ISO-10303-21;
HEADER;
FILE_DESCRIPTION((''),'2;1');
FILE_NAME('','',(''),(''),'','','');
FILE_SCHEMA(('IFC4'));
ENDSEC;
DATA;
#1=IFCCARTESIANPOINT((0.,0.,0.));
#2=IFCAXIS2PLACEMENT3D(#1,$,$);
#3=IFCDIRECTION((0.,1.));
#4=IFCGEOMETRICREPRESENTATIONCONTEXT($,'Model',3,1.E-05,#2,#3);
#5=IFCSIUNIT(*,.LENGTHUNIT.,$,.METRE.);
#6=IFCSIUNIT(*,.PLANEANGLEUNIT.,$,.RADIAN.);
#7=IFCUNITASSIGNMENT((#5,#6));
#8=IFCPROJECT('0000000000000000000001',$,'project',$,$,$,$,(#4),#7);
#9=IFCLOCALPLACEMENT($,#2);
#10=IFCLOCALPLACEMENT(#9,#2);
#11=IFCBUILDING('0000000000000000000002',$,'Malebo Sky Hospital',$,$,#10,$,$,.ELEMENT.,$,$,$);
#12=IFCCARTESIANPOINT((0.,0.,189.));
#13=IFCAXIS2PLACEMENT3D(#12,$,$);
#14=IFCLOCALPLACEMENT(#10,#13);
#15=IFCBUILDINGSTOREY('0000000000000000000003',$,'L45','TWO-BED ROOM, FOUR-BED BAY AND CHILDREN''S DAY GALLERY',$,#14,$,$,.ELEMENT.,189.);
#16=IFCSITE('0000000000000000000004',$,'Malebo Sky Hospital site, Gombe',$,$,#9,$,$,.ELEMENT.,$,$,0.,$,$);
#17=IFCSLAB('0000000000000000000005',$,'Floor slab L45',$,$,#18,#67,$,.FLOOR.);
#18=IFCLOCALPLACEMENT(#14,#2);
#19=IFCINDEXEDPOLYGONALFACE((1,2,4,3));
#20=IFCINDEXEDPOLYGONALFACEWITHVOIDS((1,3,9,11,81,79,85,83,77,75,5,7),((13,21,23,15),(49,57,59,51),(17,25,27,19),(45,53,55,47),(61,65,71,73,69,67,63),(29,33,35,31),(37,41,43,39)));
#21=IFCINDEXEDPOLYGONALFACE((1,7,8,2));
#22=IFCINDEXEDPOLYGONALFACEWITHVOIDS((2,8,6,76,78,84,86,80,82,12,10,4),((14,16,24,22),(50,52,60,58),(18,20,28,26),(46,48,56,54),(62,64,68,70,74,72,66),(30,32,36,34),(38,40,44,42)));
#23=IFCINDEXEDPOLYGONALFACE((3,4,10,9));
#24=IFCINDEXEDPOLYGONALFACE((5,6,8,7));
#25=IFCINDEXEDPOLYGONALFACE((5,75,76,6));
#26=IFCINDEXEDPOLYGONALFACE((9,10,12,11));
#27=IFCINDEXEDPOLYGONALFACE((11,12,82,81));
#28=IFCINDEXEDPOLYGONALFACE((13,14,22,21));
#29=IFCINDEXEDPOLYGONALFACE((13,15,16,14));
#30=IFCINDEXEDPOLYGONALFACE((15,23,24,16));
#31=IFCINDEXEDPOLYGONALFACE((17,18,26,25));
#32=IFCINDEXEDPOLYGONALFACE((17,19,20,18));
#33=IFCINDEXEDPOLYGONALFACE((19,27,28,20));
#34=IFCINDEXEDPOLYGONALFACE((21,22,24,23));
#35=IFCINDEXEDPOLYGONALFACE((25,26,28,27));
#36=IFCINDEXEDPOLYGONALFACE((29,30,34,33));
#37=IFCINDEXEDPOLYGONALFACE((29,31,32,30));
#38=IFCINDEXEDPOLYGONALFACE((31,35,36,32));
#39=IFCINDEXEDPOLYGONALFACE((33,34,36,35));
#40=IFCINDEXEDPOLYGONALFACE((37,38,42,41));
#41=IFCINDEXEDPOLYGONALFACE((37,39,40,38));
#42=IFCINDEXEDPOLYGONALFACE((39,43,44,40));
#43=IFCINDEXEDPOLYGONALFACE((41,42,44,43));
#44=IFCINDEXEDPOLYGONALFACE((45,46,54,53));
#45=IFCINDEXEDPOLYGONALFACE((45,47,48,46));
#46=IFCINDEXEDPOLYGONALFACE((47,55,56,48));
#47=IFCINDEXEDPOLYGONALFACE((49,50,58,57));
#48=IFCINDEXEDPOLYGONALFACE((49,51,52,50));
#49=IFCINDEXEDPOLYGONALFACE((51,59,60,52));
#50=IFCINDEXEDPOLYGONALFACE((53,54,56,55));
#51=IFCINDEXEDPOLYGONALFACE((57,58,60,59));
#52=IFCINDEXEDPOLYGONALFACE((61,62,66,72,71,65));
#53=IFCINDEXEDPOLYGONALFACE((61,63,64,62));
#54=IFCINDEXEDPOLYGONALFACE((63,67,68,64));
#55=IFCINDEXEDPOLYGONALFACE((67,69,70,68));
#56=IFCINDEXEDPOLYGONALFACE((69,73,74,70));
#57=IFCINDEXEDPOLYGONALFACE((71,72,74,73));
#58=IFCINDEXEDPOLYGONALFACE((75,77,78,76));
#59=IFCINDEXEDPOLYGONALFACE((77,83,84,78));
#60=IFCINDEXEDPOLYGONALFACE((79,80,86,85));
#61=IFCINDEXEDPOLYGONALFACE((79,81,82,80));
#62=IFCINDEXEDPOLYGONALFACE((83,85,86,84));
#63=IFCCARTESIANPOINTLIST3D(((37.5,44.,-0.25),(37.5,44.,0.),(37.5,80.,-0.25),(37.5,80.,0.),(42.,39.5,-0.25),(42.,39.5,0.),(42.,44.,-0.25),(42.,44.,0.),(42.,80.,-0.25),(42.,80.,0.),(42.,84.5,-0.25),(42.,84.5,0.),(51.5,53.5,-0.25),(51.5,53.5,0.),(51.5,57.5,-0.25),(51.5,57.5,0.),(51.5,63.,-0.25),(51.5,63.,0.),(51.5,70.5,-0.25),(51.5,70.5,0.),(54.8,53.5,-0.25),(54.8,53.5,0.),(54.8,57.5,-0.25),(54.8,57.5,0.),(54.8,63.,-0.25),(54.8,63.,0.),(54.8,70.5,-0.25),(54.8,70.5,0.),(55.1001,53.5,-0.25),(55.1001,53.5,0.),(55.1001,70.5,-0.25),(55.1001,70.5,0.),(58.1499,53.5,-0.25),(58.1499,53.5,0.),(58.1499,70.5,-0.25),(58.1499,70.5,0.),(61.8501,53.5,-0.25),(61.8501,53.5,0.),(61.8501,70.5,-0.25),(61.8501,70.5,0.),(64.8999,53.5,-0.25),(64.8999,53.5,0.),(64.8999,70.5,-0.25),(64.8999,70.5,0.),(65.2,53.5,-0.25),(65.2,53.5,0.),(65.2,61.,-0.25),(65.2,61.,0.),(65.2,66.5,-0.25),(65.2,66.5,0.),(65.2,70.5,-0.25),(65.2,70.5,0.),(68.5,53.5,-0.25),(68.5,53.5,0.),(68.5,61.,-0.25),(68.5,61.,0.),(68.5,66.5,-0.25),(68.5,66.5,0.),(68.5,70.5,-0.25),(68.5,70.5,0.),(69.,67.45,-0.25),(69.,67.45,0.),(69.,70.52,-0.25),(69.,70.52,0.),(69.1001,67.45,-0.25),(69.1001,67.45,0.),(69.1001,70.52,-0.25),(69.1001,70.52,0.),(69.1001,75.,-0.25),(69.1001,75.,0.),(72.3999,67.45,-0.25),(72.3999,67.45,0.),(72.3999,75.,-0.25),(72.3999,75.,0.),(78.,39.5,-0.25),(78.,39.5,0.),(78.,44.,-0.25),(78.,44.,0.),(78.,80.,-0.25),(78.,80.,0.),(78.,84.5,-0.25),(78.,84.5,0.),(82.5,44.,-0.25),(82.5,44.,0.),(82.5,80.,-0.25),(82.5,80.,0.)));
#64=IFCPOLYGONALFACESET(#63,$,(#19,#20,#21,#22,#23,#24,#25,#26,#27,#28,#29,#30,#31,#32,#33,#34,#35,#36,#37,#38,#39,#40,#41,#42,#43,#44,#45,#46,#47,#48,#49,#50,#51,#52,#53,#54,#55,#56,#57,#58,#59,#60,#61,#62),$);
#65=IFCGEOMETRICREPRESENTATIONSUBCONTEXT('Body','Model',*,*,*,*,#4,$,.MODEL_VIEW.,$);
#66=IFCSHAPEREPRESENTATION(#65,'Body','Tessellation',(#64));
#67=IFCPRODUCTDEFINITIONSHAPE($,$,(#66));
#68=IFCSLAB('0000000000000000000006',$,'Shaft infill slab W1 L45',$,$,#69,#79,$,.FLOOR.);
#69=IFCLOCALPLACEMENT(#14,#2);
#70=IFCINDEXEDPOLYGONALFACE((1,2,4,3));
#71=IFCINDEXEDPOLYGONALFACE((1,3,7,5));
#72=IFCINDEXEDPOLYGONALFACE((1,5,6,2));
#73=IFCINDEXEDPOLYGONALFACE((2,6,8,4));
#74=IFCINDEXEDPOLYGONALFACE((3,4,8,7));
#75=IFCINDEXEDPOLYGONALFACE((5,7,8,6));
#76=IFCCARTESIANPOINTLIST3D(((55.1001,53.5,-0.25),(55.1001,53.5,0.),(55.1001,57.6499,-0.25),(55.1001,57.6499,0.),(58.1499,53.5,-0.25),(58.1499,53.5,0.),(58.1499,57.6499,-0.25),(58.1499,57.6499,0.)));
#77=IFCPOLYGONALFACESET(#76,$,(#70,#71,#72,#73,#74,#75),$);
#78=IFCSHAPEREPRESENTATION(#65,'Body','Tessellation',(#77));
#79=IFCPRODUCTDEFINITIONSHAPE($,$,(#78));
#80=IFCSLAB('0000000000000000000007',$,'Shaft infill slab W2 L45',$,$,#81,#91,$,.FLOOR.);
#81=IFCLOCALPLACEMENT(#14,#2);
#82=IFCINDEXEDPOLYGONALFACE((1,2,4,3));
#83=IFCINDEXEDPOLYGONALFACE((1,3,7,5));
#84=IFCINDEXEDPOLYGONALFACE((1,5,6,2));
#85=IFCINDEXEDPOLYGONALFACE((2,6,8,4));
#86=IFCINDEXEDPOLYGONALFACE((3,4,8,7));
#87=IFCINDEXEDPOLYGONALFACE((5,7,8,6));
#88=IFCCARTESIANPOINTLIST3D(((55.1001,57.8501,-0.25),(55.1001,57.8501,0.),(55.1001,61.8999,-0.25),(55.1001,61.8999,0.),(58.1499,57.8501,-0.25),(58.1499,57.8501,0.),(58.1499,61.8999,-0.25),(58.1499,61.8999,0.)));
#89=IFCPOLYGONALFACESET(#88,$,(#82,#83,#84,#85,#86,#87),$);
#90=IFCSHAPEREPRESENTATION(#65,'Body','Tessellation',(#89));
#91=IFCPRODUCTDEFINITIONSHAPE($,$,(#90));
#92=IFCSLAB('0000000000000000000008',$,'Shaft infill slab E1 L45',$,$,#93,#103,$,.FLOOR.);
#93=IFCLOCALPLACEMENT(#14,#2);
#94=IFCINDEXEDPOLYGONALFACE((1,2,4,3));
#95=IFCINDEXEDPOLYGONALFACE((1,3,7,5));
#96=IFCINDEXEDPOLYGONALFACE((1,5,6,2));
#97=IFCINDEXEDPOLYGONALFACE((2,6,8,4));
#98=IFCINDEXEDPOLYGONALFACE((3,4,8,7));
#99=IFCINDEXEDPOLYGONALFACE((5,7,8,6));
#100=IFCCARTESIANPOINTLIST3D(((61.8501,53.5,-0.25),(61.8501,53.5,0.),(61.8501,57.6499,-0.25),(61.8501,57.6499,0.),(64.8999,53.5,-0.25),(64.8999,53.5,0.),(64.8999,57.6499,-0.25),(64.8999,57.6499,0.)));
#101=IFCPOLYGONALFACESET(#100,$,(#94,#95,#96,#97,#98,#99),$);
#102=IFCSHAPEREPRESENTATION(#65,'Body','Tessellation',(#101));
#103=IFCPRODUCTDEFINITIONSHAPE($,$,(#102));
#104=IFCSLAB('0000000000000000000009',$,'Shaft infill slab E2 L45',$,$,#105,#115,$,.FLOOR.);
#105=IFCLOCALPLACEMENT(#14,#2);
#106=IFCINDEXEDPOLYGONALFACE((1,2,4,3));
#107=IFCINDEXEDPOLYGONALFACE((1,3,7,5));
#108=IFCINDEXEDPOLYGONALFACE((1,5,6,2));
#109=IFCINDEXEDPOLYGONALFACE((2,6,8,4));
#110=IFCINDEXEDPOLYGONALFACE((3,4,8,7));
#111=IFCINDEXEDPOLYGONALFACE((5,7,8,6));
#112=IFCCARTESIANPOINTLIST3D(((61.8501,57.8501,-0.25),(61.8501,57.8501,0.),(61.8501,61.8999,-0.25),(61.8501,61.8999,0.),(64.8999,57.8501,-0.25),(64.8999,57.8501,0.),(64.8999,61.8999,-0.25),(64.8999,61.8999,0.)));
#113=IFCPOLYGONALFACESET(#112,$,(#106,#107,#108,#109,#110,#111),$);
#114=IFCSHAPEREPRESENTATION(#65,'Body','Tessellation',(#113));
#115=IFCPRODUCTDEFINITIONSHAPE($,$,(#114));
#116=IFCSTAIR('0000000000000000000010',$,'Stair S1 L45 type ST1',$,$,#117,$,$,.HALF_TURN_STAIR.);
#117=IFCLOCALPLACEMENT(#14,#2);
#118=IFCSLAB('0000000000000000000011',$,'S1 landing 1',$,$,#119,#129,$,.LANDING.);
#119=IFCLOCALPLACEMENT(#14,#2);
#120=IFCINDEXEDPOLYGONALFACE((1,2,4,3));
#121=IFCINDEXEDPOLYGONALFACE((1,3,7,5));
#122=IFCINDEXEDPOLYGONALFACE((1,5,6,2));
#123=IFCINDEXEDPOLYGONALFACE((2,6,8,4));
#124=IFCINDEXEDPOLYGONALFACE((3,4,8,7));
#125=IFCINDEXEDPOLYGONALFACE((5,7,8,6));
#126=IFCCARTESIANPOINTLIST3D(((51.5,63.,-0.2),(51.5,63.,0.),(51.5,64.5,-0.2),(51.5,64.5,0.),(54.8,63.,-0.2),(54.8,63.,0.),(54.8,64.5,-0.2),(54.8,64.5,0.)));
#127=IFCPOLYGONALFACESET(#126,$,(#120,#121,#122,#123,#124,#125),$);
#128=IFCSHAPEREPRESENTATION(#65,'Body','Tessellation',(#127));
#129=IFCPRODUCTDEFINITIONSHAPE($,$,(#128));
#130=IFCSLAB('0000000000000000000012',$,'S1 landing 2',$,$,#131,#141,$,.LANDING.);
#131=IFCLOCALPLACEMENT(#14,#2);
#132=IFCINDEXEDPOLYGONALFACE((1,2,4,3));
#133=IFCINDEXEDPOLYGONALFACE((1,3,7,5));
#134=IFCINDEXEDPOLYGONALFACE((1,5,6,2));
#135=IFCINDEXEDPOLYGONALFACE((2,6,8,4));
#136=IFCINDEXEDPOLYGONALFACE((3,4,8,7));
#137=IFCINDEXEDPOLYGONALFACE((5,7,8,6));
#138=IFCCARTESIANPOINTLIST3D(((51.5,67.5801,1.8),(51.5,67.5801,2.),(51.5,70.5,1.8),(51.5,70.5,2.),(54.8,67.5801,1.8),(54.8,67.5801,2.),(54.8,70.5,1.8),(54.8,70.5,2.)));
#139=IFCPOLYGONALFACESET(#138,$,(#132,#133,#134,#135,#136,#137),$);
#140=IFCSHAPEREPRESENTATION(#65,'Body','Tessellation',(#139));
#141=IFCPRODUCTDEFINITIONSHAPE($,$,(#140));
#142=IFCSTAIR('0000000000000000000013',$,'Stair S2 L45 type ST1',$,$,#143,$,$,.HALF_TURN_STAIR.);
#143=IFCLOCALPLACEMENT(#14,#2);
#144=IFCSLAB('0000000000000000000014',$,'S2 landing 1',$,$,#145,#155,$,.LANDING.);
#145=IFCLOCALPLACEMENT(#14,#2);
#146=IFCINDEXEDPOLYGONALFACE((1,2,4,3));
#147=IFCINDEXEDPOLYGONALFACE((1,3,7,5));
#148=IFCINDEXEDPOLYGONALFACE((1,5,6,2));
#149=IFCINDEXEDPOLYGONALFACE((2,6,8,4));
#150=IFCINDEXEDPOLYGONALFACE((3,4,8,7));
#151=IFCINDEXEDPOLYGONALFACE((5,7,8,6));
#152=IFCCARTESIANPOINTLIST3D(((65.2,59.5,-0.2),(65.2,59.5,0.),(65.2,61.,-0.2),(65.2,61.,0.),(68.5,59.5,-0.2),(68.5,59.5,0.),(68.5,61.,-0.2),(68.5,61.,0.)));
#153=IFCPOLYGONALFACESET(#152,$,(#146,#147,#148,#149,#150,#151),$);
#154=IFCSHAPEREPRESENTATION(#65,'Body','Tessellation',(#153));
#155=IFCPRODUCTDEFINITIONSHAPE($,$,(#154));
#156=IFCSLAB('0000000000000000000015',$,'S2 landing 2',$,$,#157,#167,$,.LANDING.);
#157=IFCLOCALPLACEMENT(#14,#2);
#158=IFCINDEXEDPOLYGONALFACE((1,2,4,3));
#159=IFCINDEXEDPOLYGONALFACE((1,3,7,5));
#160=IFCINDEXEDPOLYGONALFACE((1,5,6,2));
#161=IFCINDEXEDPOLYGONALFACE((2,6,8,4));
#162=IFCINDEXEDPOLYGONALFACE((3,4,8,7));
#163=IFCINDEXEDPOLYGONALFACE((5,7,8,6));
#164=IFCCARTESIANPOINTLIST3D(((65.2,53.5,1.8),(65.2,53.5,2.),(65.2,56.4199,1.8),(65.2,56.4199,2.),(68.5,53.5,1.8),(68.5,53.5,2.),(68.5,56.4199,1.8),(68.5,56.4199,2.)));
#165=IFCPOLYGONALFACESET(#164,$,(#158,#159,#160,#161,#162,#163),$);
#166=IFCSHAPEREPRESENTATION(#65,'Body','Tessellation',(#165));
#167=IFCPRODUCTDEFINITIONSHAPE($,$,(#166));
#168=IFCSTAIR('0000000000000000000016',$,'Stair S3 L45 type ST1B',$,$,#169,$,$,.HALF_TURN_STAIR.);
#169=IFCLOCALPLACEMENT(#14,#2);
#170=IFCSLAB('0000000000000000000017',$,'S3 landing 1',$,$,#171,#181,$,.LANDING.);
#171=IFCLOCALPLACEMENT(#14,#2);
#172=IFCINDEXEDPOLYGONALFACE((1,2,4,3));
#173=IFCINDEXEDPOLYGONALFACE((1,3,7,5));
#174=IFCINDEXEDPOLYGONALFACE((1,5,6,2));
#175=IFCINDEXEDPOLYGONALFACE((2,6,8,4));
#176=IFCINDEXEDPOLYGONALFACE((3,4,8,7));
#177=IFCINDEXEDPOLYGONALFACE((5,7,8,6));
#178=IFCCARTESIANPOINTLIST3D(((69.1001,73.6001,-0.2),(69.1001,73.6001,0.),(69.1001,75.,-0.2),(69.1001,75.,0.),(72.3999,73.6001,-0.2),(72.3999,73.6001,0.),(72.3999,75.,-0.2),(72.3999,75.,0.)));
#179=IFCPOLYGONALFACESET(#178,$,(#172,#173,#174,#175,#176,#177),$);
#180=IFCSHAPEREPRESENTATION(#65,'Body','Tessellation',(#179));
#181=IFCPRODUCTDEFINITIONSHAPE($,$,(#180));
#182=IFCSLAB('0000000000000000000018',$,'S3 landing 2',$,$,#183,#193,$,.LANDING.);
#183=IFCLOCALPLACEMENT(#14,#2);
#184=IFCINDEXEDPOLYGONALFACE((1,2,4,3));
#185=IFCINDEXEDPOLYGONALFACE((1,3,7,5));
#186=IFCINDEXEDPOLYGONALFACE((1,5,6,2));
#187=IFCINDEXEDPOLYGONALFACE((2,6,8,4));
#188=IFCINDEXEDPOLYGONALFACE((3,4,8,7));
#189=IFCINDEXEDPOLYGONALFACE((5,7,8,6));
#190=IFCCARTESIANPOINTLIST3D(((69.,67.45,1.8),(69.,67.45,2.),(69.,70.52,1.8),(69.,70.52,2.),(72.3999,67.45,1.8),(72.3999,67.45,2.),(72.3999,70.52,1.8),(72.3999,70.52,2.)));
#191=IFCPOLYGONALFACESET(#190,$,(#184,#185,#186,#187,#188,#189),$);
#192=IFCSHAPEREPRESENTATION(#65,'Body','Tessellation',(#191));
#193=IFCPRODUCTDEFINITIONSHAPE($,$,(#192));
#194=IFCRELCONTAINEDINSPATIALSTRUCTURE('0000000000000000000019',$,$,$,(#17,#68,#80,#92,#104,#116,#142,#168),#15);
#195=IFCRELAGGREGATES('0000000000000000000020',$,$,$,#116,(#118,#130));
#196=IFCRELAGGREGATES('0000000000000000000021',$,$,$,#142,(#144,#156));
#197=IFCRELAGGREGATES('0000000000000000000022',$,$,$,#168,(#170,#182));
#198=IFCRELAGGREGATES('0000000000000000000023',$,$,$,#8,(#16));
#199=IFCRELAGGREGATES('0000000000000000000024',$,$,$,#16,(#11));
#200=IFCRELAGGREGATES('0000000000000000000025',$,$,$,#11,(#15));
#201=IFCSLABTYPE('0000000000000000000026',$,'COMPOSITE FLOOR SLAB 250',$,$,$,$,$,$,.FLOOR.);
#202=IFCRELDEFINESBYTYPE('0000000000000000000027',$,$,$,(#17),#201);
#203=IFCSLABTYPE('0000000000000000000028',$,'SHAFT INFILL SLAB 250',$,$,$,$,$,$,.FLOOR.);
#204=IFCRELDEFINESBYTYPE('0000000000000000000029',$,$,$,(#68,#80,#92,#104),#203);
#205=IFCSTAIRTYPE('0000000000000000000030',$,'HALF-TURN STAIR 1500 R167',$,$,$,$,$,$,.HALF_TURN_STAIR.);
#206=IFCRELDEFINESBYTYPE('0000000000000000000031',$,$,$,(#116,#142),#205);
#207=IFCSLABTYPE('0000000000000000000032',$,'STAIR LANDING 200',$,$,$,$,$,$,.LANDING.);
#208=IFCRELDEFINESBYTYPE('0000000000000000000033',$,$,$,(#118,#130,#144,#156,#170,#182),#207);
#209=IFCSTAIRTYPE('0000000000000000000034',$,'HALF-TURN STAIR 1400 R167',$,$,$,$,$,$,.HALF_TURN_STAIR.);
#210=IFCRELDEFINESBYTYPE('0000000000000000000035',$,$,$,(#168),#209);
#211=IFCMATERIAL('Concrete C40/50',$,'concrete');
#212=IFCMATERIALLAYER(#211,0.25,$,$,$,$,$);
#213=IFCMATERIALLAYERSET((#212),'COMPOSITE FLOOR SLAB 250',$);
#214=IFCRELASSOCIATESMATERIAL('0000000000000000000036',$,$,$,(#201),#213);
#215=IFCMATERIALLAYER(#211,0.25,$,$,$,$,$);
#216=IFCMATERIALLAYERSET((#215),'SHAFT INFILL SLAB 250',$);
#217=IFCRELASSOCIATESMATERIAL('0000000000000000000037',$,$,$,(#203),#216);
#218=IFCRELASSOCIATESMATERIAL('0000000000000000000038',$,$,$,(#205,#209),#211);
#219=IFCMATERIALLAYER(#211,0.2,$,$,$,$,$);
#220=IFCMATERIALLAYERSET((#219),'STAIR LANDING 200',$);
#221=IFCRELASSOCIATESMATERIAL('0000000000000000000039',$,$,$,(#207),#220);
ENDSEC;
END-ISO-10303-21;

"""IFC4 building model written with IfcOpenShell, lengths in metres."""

from ifc_helpers import new_model, si_unit, direction, frame, origin, place, context, subcontext, project, spatial, polyline, outline, extrude, material, layer, layer_set, type_object, element, aggregate, save


model = new_model("IFC4")

# Units and contexts
model_context = context("Model", 3, precision=1e-05, world=origin(), true_north=direction((0.0, 1.0)))
body_context = subcontext(model_context, "Body", "Model", "MODEL_VIEW")
ifc_project = project(units=[si_unit("LENGTHUNIT", "METRE"), si_unit("PLANEANGLEUNIT", "RADIAN")], contexts=[model_context])

# Site, building, storey
site_placement = place(None, origin())
site = spatial("IfcSite", under=ifc_project, at=site_placement, Name="Malebo Sky Hospital site, Gombe", CompositionType="ELEMENT", RefElevation=0.0)
building_placement = place(site_placement, origin())
building = spatial("IfcBuilding", under=site, at=building_placement, Name="Malebo Sky Hospital", CompositionType="ELEMENT")
storey_placement = place(building_placement, frame((0.0, 0.0, 189.0)))
storey = spatial("IfcBuildingStorey", under=building, at=storey_placement, Name="L45", Description="TWO-BED ROOM, FOUR-BED BAY AND CHILDREN'S DAY GALLERY", CompositionType="ELEMENT", Elevation=189.0)

# Slabs
ifc_material_1 = material(Name="Concrete C40/50", Category="concrete")
ifc_layer_1 = layer(ifc_material_1, 0.25)
ifc_layer_set_1 = layer_set([ifc_layer_1], Name="COMPOSITE FLOOR SLAB 250")
slab_type_1 = type_object("IfcSlabType", Name="COMPOSITE FLOOR SLAB 250", PredefinedType="FLOOR", material=ifc_layer_set_1)
slab_1_placement = place(storey_placement, frame((0.0, 0.0, -0.25)))
element("IfcSlab", 1, at=slab_1_placement, inside=storey, type_object=slab_type_1, Name="Floor slab L45", PredefinedType="FLOOR", context=body_context, shape_type="SweptSolid", body=[
    extrude(outline(polyline([(42.0, 84.5), (42.0, 80.0), (37.5, 80.0), (37.5, 44.0), (42.0, 44.0), (42.0, 39.5), (78.0, 39.5), (78.0, 44.0), (82.5, 44.0), (82.5, 80.0), (78.0, 80.0), (78.0, 84.5), (42.0, 84.5)]), holes=[polyline([(55.1001, 70.5), (58.1499, 70.5), (58.1499, 53.5), (55.1001, 53.5), (55.1001, 70.5)]), polyline([(64.8999, 70.5), (64.8999, 53.5), (61.8501, 53.5), (61.8501, 70.5), (64.8999, 70.5)]), polyline([(54.8, 63.0), (51.5, 63.0), (51.5, 70.5), (54.8, 70.5), (54.8, 63.0)]), polyline([(51.5, 53.5), (51.5, 57.5), (54.8, 57.5), (54.8, 53.5), (51.5, 53.5)]), polyline([(65.2, 61.0), (68.5, 61.0), (68.5, 53.5), (65.2, 53.5), (65.2, 61.0)]), polyline([(68.5, 70.5), (68.5, 66.5), (65.2, 66.5), (65.2, 70.5), (68.5, 70.5)]), polyline([(69.0, 67.45), (69.0, 70.52), (69.1001, 70.52), (69.1001, 75.0), (72.3999, 75.0), (72.3999, 67.45), (69.1001, 67.45), (69.0, 67.45)])]), origin(), (0.0, 0.0, 1.0), 0.25),
])
ifc_layer_2 = layer(ifc_material_1, 0.25)
ifc_layer_set_2 = layer_set([ifc_layer_2], Name="SHAFT INFILL SLAB 250")
slab_type_2 = type_object("IfcSlabType", Name="SHAFT INFILL SLAB 250", PredefinedType="FLOOR", material=ifc_layer_set_2)
slab_2_placement = place(storey_placement, frame((0.0, 0.0, -0.25)))
element("IfcSlab", 2, at=slab_2_placement, inside=storey, type_object=slab_type_2, Name="Shaft infill slab W1 L45", PredefinedType="FLOOR", context=body_context, shape_type="SweptSolid", body=[
    extrude(outline(polyline([(55.1001, 53.5), (58.1499, 53.5), (58.1499, 57.6499), (55.1001, 57.6499), (55.1001, 53.5)])), origin(), (0.0, 0.0, 1.0), 0.25),
])
slab_3_placement = place(storey_placement, frame((0.0, 0.0, -0.25)))
element("IfcSlab", 3, at=slab_3_placement, inside=storey, type_object=slab_type_2, Name="Shaft infill slab W2 L45", PredefinedType="FLOOR", context=body_context, shape_type="SweptSolid", body=[
    extrude(outline(polyline([(55.1001, 57.8501), (58.1499, 57.8501), (58.1499, 61.8999), (55.1001, 61.8999), (55.1001, 57.8501)])), origin(), (0.0, 0.0, 1.0), 0.25),
])
slab_4_placement = place(storey_placement, frame((0.0, 0.0, -0.25)))
element("IfcSlab", 4, at=slab_4_placement, inside=storey, type_object=slab_type_2, Name="Shaft infill slab E1 L45", PredefinedType="FLOOR", context=body_context, shape_type="SweptSolid", body=[
    extrude(outline(polyline([(61.8501, 53.5), (64.8999, 53.5), (64.8999, 57.6499), (61.8501, 57.6499), (61.8501, 53.5)])), origin(), (0.0, 0.0, 1.0), 0.25),
])
slab_5_placement = place(storey_placement, frame((0.0, 0.0, -0.25)))
element("IfcSlab", 5, at=slab_5_placement, inside=storey, type_object=slab_type_2, Name="Shaft infill slab E2 L45", PredefinedType="FLOOR", context=body_context, shape_type="SweptSolid", body=[
    extrude(outline(polyline([(61.8501, 57.8501), (64.8999, 57.8501), (64.8999, 61.8999), (61.8501, 61.8999), (61.8501, 57.8501)])), origin(), (0.0, 0.0, 1.0), 0.25),
])

# Stairs, slabs
stair_type_1 = type_object("IfcStairType", Name="HALF-TURN STAIR 1500 R167", PredefinedType="HALF_TURN_STAIR", material=ifc_material_1)
stair_1_placement = place(storey_placement, origin())
stair_1 = element("IfcStair", 6, at=stair_1_placement, inside=storey, type_object=stair_type_1, Name="Stair S1 L45 type ST1", PredefinedType="HALF_TURN_STAIR")
ifc_layer_3 = layer(ifc_material_1, 0.2)
ifc_layer_set_3 = layer_set([ifc_layer_3], Name="STAIR LANDING 200")
slab_type_3 = type_object("IfcSlabType", Name="STAIR LANDING 200", PredefinedType="LANDING", material=ifc_layer_set_3)
slab_6_placement = place(storey_placement, frame((0.0, 0.0, -0.2)))
slab_6 = element("IfcSlab", 7, at=slab_6_placement, type_object=slab_type_3, Name="S1 landing 1", PredefinedType="LANDING", context=body_context, shape_type="SweptSolid", body=[
    extrude(outline(polyline([(51.5, 63.0), (54.8, 63.0), (54.8, 64.5), (51.5, 64.5), (51.5, 63.0)])), origin(), (0.0, 0.0, 1.0), 0.2),
])
slab_7_placement = place(storey_placement, frame((0.0, 0.0, 1.8)))
slab_7 = element("IfcSlab", 8, at=slab_7_placement, type_object=slab_type_3, Name="S1 landing 2", PredefinedType="LANDING", context=body_context, shape_type="SweptSolid", body=[
    extrude(outline(polyline([(51.5, 67.5801), (54.8, 67.5801), (54.8, 70.5), (51.5, 70.5), (51.5, 67.5801)])), origin(), (0.0, 0.0, 1.0), 0.2),
])
aggregate(stair_1, [slab_6, slab_7])
stair_2_placement = place(storey_placement, origin())
stair_2 = element("IfcStair", 9, at=stair_2_placement, inside=storey, type_object=stair_type_1, Name="Stair S2 L45 type ST1", PredefinedType="HALF_TURN_STAIR")
slab_8_placement = place(storey_placement, frame((0.0, 0.0, -0.2)))
slab_8 = element("IfcSlab", 10, at=slab_8_placement, type_object=slab_type_3, Name="S2 landing 1", PredefinedType="LANDING", context=body_context, shape_type="SweptSolid", body=[
    extrude(outline(polyline([(65.2, 59.5), (68.5, 59.5), (68.5, 61.0), (65.2, 61.0), (65.2, 59.5)])), origin(), (0.0, 0.0, 1.0), 0.2),
])
slab_9_placement = place(storey_placement, frame((0.0, 0.0, 1.8)))
slab_9 = element("IfcSlab", 11, at=slab_9_placement, type_object=slab_type_3, Name="S2 landing 2", PredefinedType="LANDING", context=body_context, shape_type="SweptSolid", body=[
    extrude(outline(polyline([(65.2, 53.5), (68.5, 53.5), (68.5, 56.4199), (65.2, 56.4199), (65.2, 53.5)])), origin(), (0.0, 0.0, 1.0), 0.2),
])
aggregate(stair_2, [slab_8, slab_9])
stair_type_2 = type_object("IfcStairType", Name="HALF-TURN STAIR 1400 R167", PredefinedType="HALF_TURN_STAIR", material=ifc_material_1)
stair_3_placement = place(storey_placement, origin())
stair_3 = element("IfcStair", 12, at=stair_3_placement, inside=storey, type_object=stair_type_2, Name="Stair S3 L45 type ST1B", PredefinedType="HALF_TURN_STAIR")
slab_10_placement = place(storey_placement, frame((0.0, 0.0, -0.2)))
slab_10 = element("IfcSlab", 13, at=slab_10_placement, type_object=slab_type_3, Name="S3 landing 1", PredefinedType="LANDING", context=body_context, shape_type="SweptSolid", body=[
    extrude(outline(polyline([(69.1001, 73.6001), (72.3999, 73.6001), (72.3999, 75.0), (69.1001, 75.0), (69.1001, 73.6001)])), origin(), (0.0, 0.0, 1.0), 0.2),
])
slab_11_placement = place(storey_placement, frame((0.0, 0.0, 1.8)))
slab_11 = element("IfcSlab", 14, at=slab_11_placement, type_object=slab_type_3, Name="S3 landing 2", PredefinedType="LANDING", context=body_context, shape_type="SweptSolid", body=[
    extrude(outline(polyline([(69.0, 67.45), (72.3999, 67.45), (72.3999, 70.52), (69.0, 70.52), (69.0, 67.45)])), origin(), (0.0, 0.0, 1.0), 0.2),
])
aggregate(stair_3, [slab_10, slab_11])

save(model, "model.ifc")
